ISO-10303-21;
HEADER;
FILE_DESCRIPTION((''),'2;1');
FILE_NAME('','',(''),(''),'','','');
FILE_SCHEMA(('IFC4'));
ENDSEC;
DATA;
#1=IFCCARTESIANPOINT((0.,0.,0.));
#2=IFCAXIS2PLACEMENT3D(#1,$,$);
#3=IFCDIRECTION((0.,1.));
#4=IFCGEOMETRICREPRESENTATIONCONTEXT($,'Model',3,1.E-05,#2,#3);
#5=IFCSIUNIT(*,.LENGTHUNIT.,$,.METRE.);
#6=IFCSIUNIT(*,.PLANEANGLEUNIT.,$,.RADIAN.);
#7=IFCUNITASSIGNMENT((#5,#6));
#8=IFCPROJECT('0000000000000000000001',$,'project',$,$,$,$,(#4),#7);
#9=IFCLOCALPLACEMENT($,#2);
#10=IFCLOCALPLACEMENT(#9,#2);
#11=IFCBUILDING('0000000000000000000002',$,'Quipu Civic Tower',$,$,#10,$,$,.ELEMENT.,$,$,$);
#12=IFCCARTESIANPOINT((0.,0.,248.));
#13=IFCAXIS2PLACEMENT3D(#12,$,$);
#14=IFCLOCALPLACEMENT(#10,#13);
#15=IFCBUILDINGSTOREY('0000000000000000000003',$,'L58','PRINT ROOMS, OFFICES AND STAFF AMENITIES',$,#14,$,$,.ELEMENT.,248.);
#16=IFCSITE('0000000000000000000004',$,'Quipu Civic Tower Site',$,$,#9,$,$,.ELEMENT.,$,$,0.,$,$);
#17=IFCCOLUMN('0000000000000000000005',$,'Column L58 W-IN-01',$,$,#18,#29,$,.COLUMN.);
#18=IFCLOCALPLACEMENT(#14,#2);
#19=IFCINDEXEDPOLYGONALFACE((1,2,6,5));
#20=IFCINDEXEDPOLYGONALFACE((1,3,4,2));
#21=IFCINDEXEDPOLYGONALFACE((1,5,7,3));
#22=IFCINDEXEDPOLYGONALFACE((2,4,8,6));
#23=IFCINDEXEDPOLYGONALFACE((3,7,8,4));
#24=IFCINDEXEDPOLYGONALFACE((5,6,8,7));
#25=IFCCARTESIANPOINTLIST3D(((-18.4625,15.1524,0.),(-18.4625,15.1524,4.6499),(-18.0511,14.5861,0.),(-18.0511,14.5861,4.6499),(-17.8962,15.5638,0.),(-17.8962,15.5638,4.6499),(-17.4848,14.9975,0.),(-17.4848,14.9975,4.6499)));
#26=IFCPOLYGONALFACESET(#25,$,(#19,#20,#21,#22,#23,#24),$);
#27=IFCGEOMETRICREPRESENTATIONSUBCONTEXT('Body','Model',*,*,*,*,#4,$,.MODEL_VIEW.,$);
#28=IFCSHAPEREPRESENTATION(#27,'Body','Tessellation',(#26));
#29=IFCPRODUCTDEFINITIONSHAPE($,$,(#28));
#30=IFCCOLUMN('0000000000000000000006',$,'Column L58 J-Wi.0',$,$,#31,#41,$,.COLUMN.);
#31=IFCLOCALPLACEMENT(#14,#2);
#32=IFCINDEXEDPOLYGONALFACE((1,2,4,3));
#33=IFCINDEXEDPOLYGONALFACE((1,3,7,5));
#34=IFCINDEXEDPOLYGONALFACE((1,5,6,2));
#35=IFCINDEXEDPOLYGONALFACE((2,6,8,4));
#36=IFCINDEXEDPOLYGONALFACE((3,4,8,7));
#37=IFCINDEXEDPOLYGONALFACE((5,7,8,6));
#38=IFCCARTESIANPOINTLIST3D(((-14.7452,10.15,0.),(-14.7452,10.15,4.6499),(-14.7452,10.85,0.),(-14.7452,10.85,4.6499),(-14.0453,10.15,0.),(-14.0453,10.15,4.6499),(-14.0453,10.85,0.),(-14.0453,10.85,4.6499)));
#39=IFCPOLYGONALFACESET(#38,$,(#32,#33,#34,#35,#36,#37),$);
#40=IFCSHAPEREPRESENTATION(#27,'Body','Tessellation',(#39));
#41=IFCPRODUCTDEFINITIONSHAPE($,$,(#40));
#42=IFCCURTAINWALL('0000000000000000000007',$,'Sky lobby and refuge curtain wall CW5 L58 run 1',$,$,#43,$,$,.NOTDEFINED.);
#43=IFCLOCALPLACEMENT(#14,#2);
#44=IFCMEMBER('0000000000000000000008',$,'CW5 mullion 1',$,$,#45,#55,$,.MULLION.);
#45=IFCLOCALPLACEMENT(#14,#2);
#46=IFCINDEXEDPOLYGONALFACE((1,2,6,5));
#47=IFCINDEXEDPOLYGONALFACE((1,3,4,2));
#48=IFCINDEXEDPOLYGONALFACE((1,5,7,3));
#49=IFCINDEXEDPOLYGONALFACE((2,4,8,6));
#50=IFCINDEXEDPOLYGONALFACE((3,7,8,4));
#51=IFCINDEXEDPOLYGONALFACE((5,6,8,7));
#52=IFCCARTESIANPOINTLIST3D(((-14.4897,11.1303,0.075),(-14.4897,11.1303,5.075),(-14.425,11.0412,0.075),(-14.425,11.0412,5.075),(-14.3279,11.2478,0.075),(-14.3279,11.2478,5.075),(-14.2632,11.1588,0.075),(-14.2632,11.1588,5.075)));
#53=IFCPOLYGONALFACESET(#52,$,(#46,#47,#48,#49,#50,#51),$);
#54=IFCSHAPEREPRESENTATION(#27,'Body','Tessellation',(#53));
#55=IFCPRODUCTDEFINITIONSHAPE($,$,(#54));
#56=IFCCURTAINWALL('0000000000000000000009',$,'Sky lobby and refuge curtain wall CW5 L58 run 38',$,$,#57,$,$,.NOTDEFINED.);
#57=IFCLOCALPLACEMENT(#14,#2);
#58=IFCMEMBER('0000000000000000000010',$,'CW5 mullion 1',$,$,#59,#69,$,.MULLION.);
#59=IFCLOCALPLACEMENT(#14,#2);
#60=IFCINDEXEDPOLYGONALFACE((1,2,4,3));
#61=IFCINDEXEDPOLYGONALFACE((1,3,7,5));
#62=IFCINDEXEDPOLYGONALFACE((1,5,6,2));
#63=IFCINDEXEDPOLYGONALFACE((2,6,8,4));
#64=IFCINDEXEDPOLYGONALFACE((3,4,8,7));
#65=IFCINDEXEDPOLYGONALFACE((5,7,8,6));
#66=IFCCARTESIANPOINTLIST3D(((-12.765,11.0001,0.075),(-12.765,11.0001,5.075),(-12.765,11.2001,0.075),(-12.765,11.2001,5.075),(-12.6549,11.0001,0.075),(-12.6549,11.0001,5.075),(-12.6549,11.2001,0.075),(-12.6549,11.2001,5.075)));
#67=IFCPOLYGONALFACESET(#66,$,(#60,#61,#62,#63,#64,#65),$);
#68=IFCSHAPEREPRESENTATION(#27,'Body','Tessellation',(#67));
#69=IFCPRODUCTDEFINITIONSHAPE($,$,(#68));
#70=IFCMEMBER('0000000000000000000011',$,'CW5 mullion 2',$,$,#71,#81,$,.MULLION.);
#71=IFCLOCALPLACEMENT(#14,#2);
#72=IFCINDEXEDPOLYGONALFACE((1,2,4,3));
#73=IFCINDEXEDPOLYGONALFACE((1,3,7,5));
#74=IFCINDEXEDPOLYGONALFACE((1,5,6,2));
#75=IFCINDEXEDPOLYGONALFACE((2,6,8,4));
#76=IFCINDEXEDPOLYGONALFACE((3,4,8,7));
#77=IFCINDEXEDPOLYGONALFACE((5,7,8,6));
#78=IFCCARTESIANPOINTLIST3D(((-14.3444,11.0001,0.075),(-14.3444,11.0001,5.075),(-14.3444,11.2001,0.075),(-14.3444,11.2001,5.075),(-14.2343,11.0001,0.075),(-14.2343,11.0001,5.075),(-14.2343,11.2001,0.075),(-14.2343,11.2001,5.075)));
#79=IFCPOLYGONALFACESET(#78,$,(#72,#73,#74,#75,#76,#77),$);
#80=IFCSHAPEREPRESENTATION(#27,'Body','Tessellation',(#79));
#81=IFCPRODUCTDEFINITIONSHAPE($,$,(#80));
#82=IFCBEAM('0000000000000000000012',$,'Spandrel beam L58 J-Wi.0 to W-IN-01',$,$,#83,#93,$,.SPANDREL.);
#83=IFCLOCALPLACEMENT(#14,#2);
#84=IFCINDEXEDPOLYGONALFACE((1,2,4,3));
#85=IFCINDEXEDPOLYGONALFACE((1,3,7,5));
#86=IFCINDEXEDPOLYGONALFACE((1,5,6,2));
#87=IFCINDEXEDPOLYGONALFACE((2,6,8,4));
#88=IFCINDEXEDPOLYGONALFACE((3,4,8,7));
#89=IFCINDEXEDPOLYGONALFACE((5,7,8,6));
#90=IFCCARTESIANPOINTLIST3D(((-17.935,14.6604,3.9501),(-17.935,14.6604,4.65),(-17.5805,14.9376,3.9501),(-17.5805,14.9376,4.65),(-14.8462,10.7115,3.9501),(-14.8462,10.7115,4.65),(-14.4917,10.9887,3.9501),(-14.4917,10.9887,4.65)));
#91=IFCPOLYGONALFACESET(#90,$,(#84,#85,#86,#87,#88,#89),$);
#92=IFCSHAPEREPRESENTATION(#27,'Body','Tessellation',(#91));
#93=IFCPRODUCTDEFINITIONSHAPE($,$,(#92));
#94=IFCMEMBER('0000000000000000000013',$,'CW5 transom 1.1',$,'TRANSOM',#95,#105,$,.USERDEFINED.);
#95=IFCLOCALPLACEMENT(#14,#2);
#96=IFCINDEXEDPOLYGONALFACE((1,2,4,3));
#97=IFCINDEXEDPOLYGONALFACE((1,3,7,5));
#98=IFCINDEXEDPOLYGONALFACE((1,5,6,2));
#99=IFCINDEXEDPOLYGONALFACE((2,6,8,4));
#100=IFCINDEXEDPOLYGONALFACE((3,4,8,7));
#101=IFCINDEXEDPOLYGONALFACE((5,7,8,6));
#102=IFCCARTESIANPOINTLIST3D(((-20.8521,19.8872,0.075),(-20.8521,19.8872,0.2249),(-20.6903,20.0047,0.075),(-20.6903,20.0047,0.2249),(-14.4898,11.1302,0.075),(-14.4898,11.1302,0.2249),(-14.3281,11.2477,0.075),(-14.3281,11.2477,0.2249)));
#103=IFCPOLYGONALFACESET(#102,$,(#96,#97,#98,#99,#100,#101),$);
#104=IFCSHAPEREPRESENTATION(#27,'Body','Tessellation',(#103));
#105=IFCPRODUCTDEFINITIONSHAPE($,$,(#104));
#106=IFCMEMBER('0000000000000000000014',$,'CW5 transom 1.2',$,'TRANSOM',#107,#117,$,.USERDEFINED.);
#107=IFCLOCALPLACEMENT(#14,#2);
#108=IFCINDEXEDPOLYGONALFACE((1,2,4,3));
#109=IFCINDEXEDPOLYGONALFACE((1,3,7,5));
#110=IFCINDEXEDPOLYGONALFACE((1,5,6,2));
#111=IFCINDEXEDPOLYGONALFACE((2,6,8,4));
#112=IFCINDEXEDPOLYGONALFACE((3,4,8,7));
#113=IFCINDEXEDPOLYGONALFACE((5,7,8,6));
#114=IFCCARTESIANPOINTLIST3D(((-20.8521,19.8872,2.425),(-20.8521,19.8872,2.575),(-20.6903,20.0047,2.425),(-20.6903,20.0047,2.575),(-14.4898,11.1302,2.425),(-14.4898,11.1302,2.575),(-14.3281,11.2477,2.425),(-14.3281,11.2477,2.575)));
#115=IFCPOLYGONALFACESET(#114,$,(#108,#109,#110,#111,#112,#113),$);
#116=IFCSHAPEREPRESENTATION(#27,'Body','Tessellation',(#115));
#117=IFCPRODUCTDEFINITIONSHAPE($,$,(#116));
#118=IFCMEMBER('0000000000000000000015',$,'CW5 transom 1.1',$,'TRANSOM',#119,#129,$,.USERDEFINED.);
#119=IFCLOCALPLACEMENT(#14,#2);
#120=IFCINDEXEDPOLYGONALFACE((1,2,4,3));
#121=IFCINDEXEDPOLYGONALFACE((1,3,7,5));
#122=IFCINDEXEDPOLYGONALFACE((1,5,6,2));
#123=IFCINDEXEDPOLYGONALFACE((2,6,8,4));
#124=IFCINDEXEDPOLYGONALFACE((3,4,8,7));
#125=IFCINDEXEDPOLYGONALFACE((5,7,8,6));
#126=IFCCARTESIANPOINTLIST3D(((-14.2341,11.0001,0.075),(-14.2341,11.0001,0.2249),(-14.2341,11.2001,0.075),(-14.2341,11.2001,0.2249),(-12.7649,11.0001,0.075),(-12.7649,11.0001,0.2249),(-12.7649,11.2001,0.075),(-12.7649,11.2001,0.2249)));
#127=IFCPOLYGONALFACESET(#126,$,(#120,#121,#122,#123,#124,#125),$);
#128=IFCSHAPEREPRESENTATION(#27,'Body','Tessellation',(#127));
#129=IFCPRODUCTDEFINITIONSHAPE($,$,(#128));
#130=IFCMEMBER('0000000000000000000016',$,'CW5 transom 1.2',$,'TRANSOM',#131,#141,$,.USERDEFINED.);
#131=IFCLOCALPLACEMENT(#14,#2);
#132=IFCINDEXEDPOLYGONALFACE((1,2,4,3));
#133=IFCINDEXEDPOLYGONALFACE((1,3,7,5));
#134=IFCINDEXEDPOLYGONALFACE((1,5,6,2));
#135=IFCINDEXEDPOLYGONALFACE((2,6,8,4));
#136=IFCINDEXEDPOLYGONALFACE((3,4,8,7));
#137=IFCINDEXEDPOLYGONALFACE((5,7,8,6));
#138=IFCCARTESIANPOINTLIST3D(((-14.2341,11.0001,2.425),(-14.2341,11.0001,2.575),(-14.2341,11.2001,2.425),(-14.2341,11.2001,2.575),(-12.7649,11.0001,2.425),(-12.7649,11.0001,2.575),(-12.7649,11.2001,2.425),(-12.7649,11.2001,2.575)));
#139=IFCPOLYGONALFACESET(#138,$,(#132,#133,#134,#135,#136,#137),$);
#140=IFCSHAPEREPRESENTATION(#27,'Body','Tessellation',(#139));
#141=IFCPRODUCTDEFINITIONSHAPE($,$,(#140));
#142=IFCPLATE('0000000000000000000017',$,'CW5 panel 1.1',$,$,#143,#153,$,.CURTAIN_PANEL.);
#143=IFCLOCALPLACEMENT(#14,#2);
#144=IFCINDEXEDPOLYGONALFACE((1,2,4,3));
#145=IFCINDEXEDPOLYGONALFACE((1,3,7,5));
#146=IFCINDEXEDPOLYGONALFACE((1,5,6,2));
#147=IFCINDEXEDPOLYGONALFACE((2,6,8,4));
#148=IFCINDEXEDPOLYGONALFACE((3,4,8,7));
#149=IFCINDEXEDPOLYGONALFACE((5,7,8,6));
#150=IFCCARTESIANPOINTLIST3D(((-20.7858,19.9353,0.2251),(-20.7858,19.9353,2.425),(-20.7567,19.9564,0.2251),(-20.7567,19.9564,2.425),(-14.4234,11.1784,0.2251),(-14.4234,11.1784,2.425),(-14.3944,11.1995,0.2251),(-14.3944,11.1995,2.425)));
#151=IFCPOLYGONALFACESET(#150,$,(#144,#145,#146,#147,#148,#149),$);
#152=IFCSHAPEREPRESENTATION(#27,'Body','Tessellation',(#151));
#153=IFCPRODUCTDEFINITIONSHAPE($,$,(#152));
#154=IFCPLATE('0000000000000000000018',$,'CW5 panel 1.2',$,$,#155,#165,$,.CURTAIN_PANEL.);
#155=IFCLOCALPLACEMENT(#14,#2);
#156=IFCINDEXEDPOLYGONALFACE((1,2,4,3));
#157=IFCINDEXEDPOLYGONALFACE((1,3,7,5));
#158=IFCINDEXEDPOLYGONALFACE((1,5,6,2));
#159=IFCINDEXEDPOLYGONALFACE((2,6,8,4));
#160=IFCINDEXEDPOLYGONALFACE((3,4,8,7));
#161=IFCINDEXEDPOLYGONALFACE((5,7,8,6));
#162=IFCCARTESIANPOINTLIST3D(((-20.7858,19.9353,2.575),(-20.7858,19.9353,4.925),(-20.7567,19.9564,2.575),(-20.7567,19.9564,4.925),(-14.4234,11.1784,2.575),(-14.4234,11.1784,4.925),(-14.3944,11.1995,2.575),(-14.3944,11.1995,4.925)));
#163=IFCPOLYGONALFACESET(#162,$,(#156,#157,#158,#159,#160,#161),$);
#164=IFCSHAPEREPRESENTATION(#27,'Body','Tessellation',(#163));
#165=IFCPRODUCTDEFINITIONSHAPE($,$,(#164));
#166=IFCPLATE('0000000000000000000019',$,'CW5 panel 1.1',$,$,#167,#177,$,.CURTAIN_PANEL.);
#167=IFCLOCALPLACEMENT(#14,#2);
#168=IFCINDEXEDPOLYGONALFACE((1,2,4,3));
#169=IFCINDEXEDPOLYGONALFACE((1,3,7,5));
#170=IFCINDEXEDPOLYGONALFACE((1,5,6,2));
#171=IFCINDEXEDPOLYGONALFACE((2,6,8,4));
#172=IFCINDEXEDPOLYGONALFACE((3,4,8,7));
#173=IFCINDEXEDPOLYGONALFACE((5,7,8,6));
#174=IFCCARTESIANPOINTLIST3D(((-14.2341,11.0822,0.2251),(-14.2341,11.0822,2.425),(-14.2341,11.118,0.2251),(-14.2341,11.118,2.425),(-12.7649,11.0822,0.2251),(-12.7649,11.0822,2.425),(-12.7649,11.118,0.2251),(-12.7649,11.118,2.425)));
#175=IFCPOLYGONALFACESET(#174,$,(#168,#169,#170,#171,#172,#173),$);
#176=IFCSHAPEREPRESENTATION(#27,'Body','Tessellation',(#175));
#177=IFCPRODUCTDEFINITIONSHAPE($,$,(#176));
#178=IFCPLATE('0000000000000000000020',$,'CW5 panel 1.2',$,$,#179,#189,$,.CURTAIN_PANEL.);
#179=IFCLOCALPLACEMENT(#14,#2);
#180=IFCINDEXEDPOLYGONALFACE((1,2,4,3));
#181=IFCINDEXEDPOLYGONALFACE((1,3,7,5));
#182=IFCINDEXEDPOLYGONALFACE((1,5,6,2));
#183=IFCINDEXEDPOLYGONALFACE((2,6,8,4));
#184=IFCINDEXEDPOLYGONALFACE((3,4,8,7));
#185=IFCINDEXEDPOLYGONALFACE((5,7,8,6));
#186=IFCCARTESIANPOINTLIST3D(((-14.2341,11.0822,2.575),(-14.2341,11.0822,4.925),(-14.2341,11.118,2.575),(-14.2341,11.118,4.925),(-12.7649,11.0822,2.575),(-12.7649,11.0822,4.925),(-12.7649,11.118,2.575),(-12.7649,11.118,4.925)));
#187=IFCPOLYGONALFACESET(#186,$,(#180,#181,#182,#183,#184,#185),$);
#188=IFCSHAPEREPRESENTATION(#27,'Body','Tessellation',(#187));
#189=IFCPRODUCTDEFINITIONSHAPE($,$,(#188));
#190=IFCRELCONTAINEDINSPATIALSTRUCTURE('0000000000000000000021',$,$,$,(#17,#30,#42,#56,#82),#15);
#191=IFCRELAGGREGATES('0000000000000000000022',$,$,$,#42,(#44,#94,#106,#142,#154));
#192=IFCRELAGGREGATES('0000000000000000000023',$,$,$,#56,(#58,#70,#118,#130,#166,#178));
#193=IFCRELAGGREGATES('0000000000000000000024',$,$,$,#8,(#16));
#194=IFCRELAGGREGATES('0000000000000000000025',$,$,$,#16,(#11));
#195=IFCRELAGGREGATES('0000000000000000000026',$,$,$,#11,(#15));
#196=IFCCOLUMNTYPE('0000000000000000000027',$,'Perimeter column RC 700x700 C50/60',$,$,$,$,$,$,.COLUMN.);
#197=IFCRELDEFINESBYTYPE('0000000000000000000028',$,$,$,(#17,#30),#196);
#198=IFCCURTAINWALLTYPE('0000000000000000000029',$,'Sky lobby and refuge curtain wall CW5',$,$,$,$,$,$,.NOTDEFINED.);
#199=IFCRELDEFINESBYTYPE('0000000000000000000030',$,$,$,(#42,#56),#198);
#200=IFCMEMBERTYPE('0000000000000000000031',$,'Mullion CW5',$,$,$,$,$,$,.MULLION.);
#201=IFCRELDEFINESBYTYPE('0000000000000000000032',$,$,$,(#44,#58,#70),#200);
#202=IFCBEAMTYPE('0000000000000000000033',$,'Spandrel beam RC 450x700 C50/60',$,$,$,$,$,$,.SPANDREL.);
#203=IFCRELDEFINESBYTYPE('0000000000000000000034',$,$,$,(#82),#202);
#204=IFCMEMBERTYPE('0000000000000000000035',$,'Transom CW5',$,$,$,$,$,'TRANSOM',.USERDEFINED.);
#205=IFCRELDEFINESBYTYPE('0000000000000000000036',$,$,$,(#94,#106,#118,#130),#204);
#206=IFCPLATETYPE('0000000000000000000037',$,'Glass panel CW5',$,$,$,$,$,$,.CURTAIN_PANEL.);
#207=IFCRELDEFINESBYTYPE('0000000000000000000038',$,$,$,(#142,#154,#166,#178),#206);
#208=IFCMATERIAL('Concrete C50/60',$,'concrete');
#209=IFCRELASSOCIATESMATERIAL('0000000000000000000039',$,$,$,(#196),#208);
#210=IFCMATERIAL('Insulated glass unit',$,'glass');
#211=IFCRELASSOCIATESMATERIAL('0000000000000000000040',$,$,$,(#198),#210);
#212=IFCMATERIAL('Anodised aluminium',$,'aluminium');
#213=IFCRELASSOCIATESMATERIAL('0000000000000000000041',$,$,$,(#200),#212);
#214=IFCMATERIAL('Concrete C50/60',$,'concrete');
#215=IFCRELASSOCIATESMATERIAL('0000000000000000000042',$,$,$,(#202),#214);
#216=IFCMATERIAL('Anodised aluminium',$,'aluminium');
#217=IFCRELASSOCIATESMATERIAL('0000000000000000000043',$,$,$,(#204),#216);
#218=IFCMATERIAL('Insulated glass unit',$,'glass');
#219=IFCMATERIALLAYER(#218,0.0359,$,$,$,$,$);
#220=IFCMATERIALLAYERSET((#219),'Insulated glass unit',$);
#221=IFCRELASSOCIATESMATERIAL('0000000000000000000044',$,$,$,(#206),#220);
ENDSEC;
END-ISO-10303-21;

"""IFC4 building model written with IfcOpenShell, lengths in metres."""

from ifc_helpers import new_model, si_unit, direction, frame, origin, origin_2d, place, context, subcontext, project, spatial, rectangle, extrude, material, layer, layer_set, material_profile, profile_set, type_object, element, aggregate, save


model = new_model("IFC4")

# Units and contexts
model_context = context("Model", 3, precision=1e-05, world=origin(), true_north=direction((0.0, 1.0)))
body_context = subcontext(model_context, "Body", "Model", "MODEL_VIEW")
ifc_project = project(units=[si_unit("LENGTHUNIT", "METRE"), si_unit("PLANEANGLEUNIT", "RADIAN")], contexts=[model_context])

# Site, building, storey
site_placement = place(None, origin())
site = spatial("IfcSite", under=ifc_project, at=site_placement, Name="Quipu Civic Tower Site", CompositionType="ELEMENT", RefElevation=0.0)
building_placement = place(site_placement, origin())
building = spatial("IfcBuilding", under=site, at=building_placement, Name="Quipu Civic Tower", CompositionType="ELEMENT")
storey_placement = place(building_placement, frame((0.0, 0.0, 248.0)))
storey = spatial("IfcBuildingStorey", under=building, at=storey_placement, Name="L58", Description="PRINT ROOMS, OFFICES AND STAFF AMENITIES", CompositionType="ELEMENT", Elevation=248.0)

# Columns
ifc_material_1 = material(Name="Concrete C50/60", Category="concrete")
ifc_material_profile_1 = material_profile(ifc_material_1, rectangle(XDim=0.7, YDim=0.7, at=origin_2d()), Name="RC700x700")
ifc_profile_set_1 = profile_set([ifc_material_profile_1], Name="Concrete C50/60")
column_type = type_object("IfcColumnType", Name="Perimeter column RC 700x700 C50/60", PredefinedType="COLUMN", material=ifc_profile_set_1)
for number, where, z_axis, x_axis, name in (
    (1, (-17.9736, 15.075, 0.0), (0.0, 0.0, 1.0), (-0.587785, 0.809017, 0.0), "Column L58 W-IN-01"),
    (2, (-14.3953, 10.5, 0.0), (0.0, 0.0, 1.0), (-1.0, 0.0, 0.0), "Column L58 J-Wi.0"),
):
    element("IfcColumn", number, at=place(storey_placement, frame(where, z_axis=z_axis, x_axis=x_axis)), inside=storey, type_object=column_type, Name=name, PredefinedType="COLUMN", context=body_context, shape_type="SweptSolid", body=[
        extrude(rectangle(XDim=0.7, YDim=0.7, at=origin_2d()), origin(), (0.0, 0.0, 1.0), 4.6499),
    ])

# Curtain wall, member
ifc_material_2 = material(Name="Insulated glass unit", Category="glass")
curtain_wall_type = type_object("IfcCurtainWallType", Name="Sky lobby and refuge curtain wall CW5", PredefinedType="NOTDEFINED", material=ifc_material_2)
curtain_wall_1_placement = place(storey_placement, origin())
curtain_wall_1 = element("IfcCurtainWall", 3, at=curtain_wall_1_placement, inside=storey, type_object=curtain_wall_type, Name="Sky lobby and refuge curtain wall CW5 L58 run 1", PredefinedType="NOTDEFINED")
ifc_material_3 = material(Name="Anodised aluminium", Category="aluminium")
ifc_material_profile_2 = material_profile(ifc_material_3, rectangle(XDim=0.2, YDim=0.1101, at=origin_2d()), Name="RECT 200x110")
ifc_profile_set_2 = profile_set([ifc_material_profile_2], Name="Anodised aluminium")
member_type_1 = type_object("IfcMemberType", Name="Mullion CW5", PredefinedType="MULLION", material=ifc_profile_set_2)
member_1_placement = place(storey_placement, frame((-14.3765, 11.1445, 0.075), z_axis=(0.0, 0.0, 1.0), x_axis=(-0.809015, -0.587788, 0.0)))
member_1 = element("IfcMember", 4, at=member_1_placement, type_object=member_type_1, Name="CW5 mullion 1", PredefinedType="MULLION", context=body_context, shape_type="SweptSolid", body=[
    extrude(rectangle(XDim=0.2, YDim=0.1101, at=origin_2d()), origin(), (0.0, 0.0, 1.0), 5.0),
])

# Curtain wall, members
curtain_wall_2_placement = place(storey_placement, origin())
curtain_wall_2 = element("IfcCurtainWall", 5, at=curtain_wall_2_placement, inside=storey, type_object=curtain_wall_type, Name="Sky lobby and refuge curtain wall CW5 L58 run 38", PredefinedType="NOTDEFINED")
member_2_placement = place(storey_placement, frame((-12.71, 11.1001, 0.075), z_axis=(0.0, 0.0, 1.0), x_axis=(0.0, -1.0, 0.0)))
member_2 = element("IfcMember", 6, at=member_2_placement, type_object=member_type_1, Name="CW5 mullion 1", PredefinedType="MULLION", context=body_context, shape_type="SweptSolid", body=[
    extrude(rectangle(XDim=0.2, YDim=0.1101, at=origin_2d()), origin(), (0.0, 0.0, 1.0), 5.0),
])
member_3_placement = place(storey_placement, frame((-14.2893, 11.1001, 0.075), z_axis=(0.0, 0.0, 1.0), x_axis=(0.0, -1.0, 0.0)))
member_3 = element("IfcMember", 7, at=member_3_placement, type_object=member_type_1, Name="CW5 mullion 2", PredefinedType="MULLION", context=body_context, shape_type="SweptSolid", body=[
    extrude(rectangle(XDim=0.2, YDim=0.1101, at=origin_2d()), origin(), (0.0, 0.0, 1.0), 5.0),
])

# Beam
ifc_material_4 = material(Name="Concrete C50/60", Category="concrete")
ifc_material_profile_3 = material_profile(ifc_material_4, rectangle(XDim=0.45, YDim=0.7, at=origin_2d()), Name="RC450x700")
ifc_profile_set_3 = profile_set([ifc_material_profile_3], Name="Concrete C50/60")
beam_type = type_object("IfcBeamType", Name="Spandrel beam RC 450x700 C50/60", PredefinedType="SPANDREL", material=ifc_profile_set_3)
beam_placement = place(storey_placement, frame((-14.6689, 10.8501, 4.3), z_axis=(-0.616106, 0.787663, 0.0), x_axis=(-0.787663, -0.616106, 0.0)))
element("IfcBeam", 8, at=beam_placement, inside=storey, type_object=beam_type, Name="Spandrel beam L58 J-Wi.0 to W-IN-01", PredefinedType="SPANDREL", context=body_context, shape_type="SweptSolid", body=[
    extrude(rectangle(XDim=0.45, YDim=0.7, at=origin_2d()), origin(), (0.0, 0.0, 1.0), 5.0134),
])

# Members
ifc_material_5 = material(Name="Anodised aluminium", Category="aluminium")
ifc_material_profile_4 = material_profile(ifc_material_5, rectangle(XDim=0.2, YDim=0.1499, at=origin_2d()), Name="RECT 200x150")
ifc_profile_set_4 = profile_set([ifc_material_profile_4], Name="Anodised aluminium")
member_type_2 = type_object("IfcMemberType", Name="Transom CW5", ElementType="TRANSOM", PredefinedType="USERDEFINED", material=ifc_profile_set_4)
member_4_placement = place(storey_placement, frame((-14.4089, 11.189, 0.1499), z_axis=(-0.58778, 0.809021, 0.0), x_axis=(-0.809021, -0.58778, 0.0)))
member_4 = element("IfcMember", 9, at=member_4_placement, type_object=member_type_2, Name="CW5 transom 1.1", ObjectType="TRANSOM", PredefinedType="USERDEFINED", context=body_context, shape_type="SweptSolid", body=[
    extrude(rectangle(XDim=0.2, YDim=0.1499, at=origin_2d()), origin(), (0.0, 0.0, 1.0), 10.8242),
])
member_5_placement = place(storey_placement, frame((-14.4089, 11.189, 2.5), z_axis=(-0.58778, 0.809021, 0.0), x_axis=(-0.809021, -0.58778, 0.0)))
member_5 = element("IfcMember", 10, at=member_5_placement, type_object=member_type_2, Name="CW5 transom 1.2", ObjectType="TRANSOM", PredefinedType="USERDEFINED", context=body_context, shape_type="SweptSolid", body=[
    extrude(rectangle(XDim=0.2, YDim=0.1499, at=origin_2d()), origin(), (0.0, 0.0, 1.0), 10.8242),
])
member_6_placement = place(storey_placement, frame((-12.7649, 11.1001, 0.1499), z_axis=(-1.0, 0.0, 0.0), x_axis=(0.0, -1.0, 0.0)))
member_6 = element("IfcMember", 11, at=member_6_placement, type_object=member_type_2, Name="CW5 transom 1.1", ObjectType="TRANSOM", PredefinedType="USERDEFINED", context=body_context, shape_type="SweptSolid", body=[
    extrude(rectangle(XDim=0.2, YDim=0.1499, at=origin_2d()), origin(), (0.0, 0.0, 1.0), 1.4692),
])
member_7_placement = place(storey_placement, frame((-12.7649, 11.1001, 2.5), z_axis=(-1.0, 0.0, 0.0), x_axis=(0.0, -1.0, 0.0)))
member_7 = element("IfcMember", 12, at=member_7_placement, type_object=member_type_2, Name="CW5 transom 1.2", ObjectType="TRANSOM", PredefinedType="USERDEFINED", context=body_context, shape_type="SweptSolid", body=[
    extrude(rectangle(XDim=0.2, YDim=0.1499, at=origin_2d()), origin(), (0.0, 0.0, 1.0), 1.4692),
])

# Plates
ifc_material_6 = material(Name="Insulated glass unit", Category="glass")
ifc_layer_1 = layer(ifc_material_6, 0.0359)
ifc_layer_set_1 = layer_set([ifc_layer_1], Name="Insulated glass unit")
plate_type_1 = type_object("IfcPlateType", Name="Glass panel CW5", PredefinedType="CURTAIN_PANEL", material=ifc_layer_set_1)
plate_1_placement = place(storey_placement, frame((-17.5901, 15.5674, 0.2251), z_axis=(0.0, 0.0, 1.0), x_axis=(-0.587788, 0.809015, 0.0)))
plate_1 = element("IfcPlate", 13, at=plate_1_placement, type_object=plate_type_1, Name="CW5 panel 1.1", PredefinedType="CURTAIN_PANEL", context=body_context, shape_type="SweptSolid", body=[
    extrude(rectangle(XDim=10.8242, YDim=0.0359, at=origin_2d()), origin(), (0.0, 0.0, 1.0), 2.2),
])
plate_2_placement = place(storey_placement, frame((-17.5901, 15.5674, 2.575), z_axis=(0.0, 0.0, 1.0), x_axis=(-0.587788, 0.809015, 0.0)))
plate_2 = element("IfcPlate", 14, at=plate_2_placement, type_object=plate_type_1, Name="CW5 panel 1.2", PredefinedType="CURTAIN_PANEL", context=body_context, shape_type="SweptSolid", body=[
    extrude(rectangle(XDim=10.8242, YDim=0.0359, at=origin_2d()), origin(), (0.0, 0.0, 1.0), 2.3501),
])
aggregate(curtain_wall_1, [member_1, member_4, member_5, plate_1, plate_2])
plate_3_placement = place(storey_placement, frame((-13.4995, 11.1001, 0.2251), z_axis=(0.0, 0.0, 1.0), x_axis=(-1.0, 0.0, 0.0)))
plate_3 = element("IfcPlate", 15, at=plate_3_placement, type_object=plate_type_1, Name="CW5 panel 1.1", PredefinedType="CURTAIN_PANEL", context=body_context, shape_type="SweptSolid", body=[
    extrude(rectangle(XDim=1.4692, YDim=0.0359, at=origin_2d()), origin(), (0.0, 0.0, 1.0), 2.2),
])
plate_4_placement = place(storey_placement, frame((-13.4995, 11.1001, 2.575), z_axis=(0.0, 0.0, 1.0), x_axis=(-1.0, 0.0, 0.0)))
plate_4 = element("IfcPlate", 16, at=plate_4_placement, type_object=plate_type_1, Name="CW5 panel 1.2", PredefinedType="CURTAIN_PANEL", context=body_context, shape_type="SweptSolid", body=[
    extrude(rectangle(XDim=1.4692, YDim=0.0359, at=origin_2d()), origin(), (0.0, 0.0, 1.0), 2.3501),
])
aggregate(curtain_wall_2, [member_2, member_3, member_6, member_7, plate_3, plate_4])

save(model, "model.ifc")
